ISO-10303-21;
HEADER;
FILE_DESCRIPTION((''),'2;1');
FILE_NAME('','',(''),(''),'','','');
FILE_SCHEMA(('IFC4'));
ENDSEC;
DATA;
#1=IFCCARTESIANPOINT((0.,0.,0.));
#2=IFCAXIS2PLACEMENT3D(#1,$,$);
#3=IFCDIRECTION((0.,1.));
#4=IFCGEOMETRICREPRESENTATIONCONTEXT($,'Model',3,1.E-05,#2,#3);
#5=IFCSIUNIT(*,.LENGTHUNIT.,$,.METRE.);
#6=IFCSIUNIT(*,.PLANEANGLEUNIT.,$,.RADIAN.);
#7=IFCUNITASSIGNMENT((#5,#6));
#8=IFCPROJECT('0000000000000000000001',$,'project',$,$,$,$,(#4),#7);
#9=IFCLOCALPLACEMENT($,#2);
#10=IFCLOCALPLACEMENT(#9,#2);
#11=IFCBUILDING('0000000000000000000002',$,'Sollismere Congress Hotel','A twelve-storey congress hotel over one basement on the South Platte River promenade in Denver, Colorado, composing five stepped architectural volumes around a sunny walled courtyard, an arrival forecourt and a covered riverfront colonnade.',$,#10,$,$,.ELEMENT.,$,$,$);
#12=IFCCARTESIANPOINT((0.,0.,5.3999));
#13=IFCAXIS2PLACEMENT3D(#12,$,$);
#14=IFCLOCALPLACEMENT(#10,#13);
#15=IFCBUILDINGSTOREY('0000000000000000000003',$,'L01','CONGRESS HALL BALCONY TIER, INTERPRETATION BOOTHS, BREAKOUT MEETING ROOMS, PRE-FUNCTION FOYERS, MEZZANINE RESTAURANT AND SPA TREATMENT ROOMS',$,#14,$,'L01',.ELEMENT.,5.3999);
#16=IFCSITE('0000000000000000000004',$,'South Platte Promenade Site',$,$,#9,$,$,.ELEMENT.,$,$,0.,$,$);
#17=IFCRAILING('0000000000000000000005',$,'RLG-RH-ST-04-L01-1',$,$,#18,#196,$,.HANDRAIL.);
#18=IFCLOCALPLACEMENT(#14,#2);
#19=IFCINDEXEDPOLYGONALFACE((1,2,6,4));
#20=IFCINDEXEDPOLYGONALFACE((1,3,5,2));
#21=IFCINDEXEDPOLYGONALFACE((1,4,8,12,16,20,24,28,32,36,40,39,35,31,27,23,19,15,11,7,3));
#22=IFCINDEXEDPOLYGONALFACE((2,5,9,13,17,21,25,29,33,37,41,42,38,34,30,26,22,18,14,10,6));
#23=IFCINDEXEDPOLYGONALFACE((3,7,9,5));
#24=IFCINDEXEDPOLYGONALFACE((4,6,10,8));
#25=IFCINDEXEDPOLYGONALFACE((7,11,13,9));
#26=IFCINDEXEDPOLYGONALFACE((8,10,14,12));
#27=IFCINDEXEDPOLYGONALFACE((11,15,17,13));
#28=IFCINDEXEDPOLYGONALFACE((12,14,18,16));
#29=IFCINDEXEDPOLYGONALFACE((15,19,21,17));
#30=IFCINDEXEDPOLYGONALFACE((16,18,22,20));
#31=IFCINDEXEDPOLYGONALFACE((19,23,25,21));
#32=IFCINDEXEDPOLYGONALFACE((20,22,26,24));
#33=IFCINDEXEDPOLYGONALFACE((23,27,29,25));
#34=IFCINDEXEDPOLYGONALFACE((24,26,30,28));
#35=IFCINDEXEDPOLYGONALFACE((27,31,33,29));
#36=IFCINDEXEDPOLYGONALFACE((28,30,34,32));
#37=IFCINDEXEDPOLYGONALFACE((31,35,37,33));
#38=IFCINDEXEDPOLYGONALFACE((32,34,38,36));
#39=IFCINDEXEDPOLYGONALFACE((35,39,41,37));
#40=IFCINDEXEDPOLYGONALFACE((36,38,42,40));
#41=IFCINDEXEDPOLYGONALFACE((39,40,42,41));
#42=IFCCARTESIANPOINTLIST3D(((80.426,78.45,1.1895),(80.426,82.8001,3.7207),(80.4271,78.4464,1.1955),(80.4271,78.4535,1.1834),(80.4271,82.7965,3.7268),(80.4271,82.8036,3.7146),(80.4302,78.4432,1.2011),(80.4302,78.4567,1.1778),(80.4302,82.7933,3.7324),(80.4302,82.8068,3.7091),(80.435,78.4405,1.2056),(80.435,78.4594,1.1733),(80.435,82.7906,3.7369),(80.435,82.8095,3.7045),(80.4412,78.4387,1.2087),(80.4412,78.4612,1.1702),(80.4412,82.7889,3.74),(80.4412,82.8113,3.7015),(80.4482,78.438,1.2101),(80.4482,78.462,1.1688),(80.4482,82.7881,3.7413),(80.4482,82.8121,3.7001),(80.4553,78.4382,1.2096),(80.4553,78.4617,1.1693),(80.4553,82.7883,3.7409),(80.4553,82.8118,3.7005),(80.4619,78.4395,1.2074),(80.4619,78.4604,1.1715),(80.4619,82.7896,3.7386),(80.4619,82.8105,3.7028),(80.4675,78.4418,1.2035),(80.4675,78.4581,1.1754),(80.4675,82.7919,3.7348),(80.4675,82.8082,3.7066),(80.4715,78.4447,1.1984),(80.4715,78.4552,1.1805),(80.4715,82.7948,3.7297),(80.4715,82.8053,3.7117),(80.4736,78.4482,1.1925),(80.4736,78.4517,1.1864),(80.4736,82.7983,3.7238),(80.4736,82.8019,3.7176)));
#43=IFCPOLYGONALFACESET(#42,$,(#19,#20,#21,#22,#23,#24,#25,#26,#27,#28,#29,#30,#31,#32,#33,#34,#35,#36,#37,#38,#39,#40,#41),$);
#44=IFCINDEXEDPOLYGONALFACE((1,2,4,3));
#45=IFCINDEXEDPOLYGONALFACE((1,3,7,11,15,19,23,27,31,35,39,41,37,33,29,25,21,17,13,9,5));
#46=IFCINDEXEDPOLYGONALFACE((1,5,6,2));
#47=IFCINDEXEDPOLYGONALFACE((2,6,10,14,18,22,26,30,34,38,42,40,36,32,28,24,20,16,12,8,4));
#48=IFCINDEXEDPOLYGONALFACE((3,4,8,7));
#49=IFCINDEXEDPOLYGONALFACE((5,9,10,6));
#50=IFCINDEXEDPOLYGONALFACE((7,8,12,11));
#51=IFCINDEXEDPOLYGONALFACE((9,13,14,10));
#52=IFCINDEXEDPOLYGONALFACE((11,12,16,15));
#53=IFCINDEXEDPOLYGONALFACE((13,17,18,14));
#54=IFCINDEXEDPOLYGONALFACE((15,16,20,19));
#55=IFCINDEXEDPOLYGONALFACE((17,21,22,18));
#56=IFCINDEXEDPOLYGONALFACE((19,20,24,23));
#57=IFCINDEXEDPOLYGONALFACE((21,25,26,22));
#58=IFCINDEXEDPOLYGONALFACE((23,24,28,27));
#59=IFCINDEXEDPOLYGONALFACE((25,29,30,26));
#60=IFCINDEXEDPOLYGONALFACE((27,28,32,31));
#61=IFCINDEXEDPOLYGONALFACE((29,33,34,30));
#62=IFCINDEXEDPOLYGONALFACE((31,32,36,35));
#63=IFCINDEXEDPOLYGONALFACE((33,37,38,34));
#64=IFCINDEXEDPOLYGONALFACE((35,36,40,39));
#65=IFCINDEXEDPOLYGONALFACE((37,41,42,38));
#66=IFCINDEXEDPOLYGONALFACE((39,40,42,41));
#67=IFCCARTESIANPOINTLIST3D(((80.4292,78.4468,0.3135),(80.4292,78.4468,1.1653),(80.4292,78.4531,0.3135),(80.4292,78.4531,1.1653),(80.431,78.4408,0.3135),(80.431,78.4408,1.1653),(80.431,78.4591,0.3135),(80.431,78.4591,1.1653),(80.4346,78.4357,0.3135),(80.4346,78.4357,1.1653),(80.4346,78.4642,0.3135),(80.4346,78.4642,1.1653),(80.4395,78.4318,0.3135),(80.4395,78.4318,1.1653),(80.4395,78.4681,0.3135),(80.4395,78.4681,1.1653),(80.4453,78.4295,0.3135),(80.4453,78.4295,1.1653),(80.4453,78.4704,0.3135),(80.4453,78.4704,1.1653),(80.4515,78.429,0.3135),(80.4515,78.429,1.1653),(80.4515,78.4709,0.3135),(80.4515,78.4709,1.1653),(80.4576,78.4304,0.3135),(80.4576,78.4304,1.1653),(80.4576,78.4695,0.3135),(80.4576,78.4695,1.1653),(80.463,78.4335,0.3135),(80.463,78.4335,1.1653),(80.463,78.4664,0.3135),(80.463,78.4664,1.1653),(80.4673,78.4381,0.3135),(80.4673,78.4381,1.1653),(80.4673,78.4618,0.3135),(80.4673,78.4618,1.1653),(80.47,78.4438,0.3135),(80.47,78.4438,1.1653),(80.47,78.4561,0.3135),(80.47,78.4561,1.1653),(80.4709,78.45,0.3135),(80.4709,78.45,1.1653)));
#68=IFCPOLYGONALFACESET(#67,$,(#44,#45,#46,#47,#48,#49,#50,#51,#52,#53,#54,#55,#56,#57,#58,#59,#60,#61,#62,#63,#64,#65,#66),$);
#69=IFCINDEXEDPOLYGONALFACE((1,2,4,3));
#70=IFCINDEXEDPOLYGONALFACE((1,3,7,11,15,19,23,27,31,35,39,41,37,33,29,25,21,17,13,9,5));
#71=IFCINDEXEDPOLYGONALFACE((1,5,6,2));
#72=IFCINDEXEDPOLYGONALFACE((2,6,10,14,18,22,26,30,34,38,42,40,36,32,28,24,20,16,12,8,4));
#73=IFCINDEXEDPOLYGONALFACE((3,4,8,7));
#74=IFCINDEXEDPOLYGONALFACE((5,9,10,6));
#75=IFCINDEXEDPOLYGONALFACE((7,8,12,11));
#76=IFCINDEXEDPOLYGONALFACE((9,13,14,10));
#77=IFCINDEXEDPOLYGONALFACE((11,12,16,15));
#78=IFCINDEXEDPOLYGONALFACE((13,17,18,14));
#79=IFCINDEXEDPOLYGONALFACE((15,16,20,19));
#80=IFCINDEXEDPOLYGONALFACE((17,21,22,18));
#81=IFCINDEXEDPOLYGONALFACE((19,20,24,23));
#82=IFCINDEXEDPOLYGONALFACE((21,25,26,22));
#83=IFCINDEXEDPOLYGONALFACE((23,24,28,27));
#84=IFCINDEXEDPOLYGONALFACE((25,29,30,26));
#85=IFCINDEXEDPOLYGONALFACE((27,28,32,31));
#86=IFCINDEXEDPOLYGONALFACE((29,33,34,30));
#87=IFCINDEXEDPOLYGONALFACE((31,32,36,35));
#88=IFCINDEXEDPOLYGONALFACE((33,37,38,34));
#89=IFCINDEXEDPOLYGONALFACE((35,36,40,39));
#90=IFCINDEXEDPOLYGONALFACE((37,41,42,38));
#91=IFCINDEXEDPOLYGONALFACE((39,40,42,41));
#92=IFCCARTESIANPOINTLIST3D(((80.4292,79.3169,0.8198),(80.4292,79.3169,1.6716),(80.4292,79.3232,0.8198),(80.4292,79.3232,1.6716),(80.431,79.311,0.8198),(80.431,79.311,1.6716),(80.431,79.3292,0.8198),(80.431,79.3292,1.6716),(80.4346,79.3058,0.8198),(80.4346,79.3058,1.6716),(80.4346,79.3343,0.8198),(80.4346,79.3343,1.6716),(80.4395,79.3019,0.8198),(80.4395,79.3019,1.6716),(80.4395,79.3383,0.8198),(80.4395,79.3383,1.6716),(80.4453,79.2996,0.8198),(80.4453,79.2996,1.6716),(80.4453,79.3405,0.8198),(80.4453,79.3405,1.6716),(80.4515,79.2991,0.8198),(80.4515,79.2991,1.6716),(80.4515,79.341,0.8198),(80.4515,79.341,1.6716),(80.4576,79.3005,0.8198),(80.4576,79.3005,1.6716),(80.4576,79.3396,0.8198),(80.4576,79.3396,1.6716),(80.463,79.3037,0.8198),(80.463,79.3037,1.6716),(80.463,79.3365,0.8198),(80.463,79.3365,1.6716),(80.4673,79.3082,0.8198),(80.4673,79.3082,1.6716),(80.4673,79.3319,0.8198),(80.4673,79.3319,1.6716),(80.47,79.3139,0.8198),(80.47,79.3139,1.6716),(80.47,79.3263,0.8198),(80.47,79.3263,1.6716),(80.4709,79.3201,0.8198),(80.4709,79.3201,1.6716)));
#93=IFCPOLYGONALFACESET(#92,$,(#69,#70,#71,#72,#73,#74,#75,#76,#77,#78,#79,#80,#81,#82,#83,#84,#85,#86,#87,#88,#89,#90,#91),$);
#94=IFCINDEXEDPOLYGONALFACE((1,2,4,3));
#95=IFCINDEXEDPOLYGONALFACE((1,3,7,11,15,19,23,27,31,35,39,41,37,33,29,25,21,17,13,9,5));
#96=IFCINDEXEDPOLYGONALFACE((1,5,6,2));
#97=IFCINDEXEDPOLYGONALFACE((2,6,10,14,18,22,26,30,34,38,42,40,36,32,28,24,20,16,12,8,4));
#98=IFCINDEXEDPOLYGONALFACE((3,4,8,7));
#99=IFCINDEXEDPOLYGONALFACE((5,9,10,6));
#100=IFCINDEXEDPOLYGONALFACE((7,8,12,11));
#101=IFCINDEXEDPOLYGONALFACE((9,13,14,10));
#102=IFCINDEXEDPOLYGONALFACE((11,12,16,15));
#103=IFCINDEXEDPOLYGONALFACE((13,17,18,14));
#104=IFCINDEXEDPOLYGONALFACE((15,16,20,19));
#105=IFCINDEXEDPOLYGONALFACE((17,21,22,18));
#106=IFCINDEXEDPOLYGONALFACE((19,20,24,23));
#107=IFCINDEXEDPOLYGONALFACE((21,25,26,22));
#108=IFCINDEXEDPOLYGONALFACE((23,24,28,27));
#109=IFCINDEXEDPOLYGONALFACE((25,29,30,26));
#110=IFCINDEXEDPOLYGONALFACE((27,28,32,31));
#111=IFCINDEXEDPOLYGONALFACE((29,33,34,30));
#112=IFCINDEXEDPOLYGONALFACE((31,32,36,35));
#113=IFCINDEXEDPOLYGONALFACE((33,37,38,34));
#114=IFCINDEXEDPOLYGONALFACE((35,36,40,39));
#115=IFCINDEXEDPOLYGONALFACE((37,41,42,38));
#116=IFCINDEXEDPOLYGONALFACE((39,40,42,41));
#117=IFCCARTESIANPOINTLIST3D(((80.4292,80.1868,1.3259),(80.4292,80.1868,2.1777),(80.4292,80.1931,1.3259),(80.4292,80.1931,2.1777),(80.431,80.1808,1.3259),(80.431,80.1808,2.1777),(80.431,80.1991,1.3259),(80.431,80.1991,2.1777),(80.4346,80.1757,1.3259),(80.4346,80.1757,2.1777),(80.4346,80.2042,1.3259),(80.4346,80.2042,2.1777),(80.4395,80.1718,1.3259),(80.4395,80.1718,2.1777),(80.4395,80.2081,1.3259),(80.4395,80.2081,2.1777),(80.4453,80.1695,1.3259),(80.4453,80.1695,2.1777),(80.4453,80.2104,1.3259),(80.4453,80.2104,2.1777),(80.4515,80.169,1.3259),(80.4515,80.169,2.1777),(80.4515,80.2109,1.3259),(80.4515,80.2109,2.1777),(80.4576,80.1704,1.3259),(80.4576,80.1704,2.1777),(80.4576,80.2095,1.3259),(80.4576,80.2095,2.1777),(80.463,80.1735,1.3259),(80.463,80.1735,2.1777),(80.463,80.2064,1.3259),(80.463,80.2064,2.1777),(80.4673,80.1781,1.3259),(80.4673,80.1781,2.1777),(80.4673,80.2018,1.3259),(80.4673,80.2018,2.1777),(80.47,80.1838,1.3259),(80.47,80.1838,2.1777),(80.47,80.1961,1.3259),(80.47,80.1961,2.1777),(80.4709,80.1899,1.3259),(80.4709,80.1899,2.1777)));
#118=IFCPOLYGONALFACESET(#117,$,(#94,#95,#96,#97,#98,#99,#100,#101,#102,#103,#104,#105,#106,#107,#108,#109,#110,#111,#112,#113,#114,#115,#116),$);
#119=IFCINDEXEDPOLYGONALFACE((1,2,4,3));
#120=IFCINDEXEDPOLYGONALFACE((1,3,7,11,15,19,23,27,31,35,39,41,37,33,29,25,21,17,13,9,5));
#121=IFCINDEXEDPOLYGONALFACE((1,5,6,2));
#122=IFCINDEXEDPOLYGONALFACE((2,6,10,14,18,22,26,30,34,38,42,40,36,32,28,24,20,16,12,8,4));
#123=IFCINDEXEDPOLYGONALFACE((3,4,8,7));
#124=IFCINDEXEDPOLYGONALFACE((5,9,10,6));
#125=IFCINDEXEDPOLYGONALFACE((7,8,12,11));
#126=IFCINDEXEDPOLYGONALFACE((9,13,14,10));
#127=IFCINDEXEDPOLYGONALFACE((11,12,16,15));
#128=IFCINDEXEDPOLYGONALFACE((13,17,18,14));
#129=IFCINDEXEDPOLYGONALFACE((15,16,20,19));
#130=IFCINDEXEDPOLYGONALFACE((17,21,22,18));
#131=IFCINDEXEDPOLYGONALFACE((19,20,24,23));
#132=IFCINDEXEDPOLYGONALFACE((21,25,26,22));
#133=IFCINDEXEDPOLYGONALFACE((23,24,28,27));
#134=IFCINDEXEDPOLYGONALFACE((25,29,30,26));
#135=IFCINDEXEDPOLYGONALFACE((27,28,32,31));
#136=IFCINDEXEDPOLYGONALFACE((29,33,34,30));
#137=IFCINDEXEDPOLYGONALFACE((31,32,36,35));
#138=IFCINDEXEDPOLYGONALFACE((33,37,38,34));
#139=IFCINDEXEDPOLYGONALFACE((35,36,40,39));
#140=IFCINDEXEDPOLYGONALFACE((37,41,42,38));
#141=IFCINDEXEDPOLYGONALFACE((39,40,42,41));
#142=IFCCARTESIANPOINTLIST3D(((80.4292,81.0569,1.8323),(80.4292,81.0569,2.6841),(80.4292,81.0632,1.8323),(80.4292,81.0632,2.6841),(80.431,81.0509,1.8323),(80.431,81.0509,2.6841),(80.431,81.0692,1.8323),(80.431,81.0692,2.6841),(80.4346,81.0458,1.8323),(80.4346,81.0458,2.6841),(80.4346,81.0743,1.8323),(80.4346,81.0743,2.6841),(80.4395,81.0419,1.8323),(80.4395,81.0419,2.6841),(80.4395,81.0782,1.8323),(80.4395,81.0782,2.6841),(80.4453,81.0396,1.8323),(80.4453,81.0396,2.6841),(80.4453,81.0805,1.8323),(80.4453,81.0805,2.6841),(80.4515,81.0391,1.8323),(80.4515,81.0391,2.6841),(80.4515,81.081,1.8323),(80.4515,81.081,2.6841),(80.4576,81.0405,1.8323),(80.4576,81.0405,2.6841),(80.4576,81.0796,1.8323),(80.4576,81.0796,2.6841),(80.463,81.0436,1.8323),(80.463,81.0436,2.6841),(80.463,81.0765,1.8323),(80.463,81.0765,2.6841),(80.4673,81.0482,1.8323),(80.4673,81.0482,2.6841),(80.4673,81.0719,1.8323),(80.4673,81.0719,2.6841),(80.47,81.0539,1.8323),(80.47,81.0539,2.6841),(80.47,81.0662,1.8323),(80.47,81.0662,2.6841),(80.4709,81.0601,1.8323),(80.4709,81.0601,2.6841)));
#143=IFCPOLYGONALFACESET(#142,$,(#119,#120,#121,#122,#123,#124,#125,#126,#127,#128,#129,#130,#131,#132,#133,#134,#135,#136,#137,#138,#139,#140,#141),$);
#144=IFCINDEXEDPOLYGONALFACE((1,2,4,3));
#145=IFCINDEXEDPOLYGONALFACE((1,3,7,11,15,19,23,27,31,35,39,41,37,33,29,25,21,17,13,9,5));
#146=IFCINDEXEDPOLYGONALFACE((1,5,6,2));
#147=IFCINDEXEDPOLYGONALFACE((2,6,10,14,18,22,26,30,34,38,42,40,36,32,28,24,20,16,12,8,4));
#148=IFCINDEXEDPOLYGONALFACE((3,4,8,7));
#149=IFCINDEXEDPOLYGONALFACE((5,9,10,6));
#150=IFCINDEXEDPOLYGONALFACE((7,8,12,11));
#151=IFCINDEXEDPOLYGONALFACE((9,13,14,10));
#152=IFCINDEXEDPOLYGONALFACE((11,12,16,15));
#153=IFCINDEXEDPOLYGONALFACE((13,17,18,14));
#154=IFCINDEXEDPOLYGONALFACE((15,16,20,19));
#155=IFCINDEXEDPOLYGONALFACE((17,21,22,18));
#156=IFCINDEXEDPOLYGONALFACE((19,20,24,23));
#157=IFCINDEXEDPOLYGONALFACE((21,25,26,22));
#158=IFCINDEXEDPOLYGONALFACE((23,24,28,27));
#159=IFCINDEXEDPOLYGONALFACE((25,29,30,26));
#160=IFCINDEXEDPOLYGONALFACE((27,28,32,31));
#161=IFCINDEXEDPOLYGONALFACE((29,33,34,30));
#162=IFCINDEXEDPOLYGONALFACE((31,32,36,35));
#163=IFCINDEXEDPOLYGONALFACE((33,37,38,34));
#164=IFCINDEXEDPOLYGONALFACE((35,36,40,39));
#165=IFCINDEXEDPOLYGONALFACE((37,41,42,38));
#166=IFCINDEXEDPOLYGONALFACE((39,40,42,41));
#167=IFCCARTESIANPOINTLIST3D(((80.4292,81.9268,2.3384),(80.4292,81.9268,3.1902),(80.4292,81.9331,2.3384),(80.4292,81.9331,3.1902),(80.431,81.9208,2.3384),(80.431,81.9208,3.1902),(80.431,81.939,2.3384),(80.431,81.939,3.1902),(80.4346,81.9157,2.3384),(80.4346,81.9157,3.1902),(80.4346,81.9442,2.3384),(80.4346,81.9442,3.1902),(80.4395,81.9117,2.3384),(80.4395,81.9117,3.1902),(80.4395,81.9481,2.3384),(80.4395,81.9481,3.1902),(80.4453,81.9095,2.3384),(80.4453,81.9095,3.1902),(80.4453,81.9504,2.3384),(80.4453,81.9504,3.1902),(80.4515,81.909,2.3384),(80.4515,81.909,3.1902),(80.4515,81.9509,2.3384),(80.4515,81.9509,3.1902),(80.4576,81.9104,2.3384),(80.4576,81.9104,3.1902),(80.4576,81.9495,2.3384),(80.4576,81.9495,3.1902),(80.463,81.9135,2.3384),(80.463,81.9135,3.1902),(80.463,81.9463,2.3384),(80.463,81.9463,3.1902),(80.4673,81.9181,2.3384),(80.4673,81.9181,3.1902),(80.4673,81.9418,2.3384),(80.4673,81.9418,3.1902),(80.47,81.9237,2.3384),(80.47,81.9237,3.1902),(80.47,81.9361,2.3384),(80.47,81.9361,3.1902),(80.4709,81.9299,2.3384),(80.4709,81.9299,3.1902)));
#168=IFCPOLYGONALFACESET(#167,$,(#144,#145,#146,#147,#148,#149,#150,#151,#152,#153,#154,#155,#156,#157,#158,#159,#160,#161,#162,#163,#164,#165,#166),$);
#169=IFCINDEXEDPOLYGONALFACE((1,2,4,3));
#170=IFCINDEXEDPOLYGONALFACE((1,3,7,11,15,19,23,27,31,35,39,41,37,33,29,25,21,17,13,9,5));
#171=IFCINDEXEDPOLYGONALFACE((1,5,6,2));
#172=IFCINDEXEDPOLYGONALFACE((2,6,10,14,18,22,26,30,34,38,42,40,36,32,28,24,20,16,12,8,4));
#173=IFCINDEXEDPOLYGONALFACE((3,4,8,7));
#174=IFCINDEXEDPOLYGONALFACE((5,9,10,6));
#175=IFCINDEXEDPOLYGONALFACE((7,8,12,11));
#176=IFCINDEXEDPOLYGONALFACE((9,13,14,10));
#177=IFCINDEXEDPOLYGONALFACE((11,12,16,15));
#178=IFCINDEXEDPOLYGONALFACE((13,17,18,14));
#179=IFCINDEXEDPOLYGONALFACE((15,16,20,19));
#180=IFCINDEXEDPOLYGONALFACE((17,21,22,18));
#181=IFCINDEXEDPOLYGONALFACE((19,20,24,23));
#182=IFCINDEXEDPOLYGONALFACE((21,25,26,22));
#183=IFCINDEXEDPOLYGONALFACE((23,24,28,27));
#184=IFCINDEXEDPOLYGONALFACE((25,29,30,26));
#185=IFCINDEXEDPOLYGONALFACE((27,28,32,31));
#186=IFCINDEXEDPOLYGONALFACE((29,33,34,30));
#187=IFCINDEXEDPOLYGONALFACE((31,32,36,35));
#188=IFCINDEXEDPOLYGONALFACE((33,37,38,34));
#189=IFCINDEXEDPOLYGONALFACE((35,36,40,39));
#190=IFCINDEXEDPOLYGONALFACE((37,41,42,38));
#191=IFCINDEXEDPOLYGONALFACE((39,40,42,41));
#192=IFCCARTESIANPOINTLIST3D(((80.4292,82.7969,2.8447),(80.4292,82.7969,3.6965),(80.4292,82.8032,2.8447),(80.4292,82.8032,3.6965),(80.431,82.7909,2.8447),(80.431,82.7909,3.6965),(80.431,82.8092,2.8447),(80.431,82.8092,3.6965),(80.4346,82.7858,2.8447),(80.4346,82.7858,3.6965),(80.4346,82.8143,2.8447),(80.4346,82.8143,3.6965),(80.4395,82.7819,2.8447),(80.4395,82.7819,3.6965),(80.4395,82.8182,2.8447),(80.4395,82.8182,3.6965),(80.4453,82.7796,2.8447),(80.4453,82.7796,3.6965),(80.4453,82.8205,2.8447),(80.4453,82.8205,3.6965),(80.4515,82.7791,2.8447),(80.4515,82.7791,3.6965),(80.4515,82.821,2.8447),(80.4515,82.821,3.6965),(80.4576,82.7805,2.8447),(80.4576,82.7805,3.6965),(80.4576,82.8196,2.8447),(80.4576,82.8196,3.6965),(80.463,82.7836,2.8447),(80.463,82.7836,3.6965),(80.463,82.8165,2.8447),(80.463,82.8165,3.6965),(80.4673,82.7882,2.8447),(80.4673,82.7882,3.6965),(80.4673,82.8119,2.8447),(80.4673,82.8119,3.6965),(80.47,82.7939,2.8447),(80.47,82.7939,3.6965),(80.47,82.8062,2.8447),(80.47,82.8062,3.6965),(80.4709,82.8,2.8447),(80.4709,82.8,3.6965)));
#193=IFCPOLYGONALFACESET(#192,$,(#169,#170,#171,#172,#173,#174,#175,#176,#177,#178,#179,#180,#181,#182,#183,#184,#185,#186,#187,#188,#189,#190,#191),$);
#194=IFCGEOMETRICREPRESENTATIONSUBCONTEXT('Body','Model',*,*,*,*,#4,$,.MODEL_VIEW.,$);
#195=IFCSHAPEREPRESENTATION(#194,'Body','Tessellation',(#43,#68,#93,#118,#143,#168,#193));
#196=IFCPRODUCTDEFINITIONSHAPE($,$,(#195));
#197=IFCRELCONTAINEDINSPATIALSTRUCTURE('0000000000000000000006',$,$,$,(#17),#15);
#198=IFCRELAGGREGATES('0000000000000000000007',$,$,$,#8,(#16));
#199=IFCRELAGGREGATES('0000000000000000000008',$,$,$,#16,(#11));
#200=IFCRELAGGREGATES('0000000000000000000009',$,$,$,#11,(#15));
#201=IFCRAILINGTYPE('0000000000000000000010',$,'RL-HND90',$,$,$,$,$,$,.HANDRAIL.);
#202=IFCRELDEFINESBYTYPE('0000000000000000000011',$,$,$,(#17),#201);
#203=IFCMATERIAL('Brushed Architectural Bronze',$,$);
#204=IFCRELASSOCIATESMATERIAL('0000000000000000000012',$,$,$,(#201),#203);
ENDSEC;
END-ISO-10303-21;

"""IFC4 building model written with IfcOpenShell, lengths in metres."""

from ifc_helpers import new_model, si_unit, direction, frame, origin, origin_2d, place, context, subcontext, project, spatial, circle, extrude, material, type_object, element, save


model = new_model("IFC4")

# Units and contexts
model_context = context("Model", 3, precision=1e-05, world=origin(), true_north=direction((0.0, 1.0)))
body_context = subcontext(model_context, "Body", "Model", "MODEL_VIEW")
ifc_project = project(units=[si_unit("LENGTHUNIT", "METRE"), si_unit("PLANEANGLEUNIT", "RADIAN")], contexts=[model_context])

# Site, building, storey
site_placement = place(None, origin())
site = spatial("IfcSite", under=ifc_project, at=site_placement, Name="South Platte Promenade Site", CompositionType="ELEMENT", RefElevation=0.0)
building_placement = place(site_placement, origin())
building = spatial("IfcBuilding", under=site, at=building_placement, Name="Sollismere Congress Hotel", Description="A twelve-storey congress hotel over one basement on the South Platte River promenade in Denver, Colorado, composing five stepped architectural volumes around a sunny walled courtyard, an arrival forecourt and a covered riverfront colonnade.", CompositionType="ELEMENT")
storey_placement = place(building_placement, frame((0.0, 0.0, 5.3999)))
storey = spatial("IfcBuildingStorey", under=building, at=storey_placement, Name="L01", Description="CONGRESS HALL BALCONY TIER, INTERPRETATION BOOTHS, BREAKOUT MEETING ROOMS, PRE-FUNCTION FOYERS, MEZZANINE RESTAURANT AND SPA TREATMENT ROOMS", LongName="L01", CompositionType="ELEMENT", Elevation=5.3999)

# Railing
ifc_material_1 = material(Name="Brushed Architectural Bronze")
railing_type_1 = type_object("IfcRailingType", Name="RL-HND90", PredefinedType="HANDRAIL", material=ifc_material_1)
railing_1_placement = place(storey_placement, frame((80.45, 78.45, 0.3135)))
element("IfcRailing", 1, at=railing_1_placement, inside=storey, type_object=railing_type_1, Name="RLG-RH-ST-04-L01-1", PredefinedType="HANDRAIL", context=body_context, shape_type="SweptSolid", body=[
    extrude(circle(Radius=0.0239, at=origin_2d()), frame((0.0, 0.0, 0.876), z_axis=(0.0, 0.864324, 0.502936), x_axis=(-1.0, 0.0, 0.0)), (0.0, 0.0, 1.0), 5.033),
    extrude(circle(Radius=0.021, at=origin_2d()), origin(), (0.0, 0.0, 1.0), 0.8518),
    extrude(circle(Radius=0.021, at=origin_2d()), frame((0.0, 0.8701, 0.5063)), (0.0, 0.0, 1.0), 0.8518),
    extrude(circle(Radius=0.021, at=origin_2d()), frame((0.0, 1.74, 1.0125)), (0.0, 0.0, 1.0), 0.8518),
    extrude(circle(Radius=0.021, at=origin_2d()), frame((0.0, 2.6101, 1.5188)), (0.0, 0.0, 1.0), 0.8518),
    extrude(circle(Radius=0.021, at=origin_2d()), frame((0.0, 3.48, 2.0249)), (0.0, 0.0, 1.0), 0.8518),
    extrude(circle(Radius=0.021, at=origin_2d()), frame((0.0, 4.3501, 2.5312)), (0.0, 0.0, 1.0), 0.8518),
])

save(model, "model.ifc")
